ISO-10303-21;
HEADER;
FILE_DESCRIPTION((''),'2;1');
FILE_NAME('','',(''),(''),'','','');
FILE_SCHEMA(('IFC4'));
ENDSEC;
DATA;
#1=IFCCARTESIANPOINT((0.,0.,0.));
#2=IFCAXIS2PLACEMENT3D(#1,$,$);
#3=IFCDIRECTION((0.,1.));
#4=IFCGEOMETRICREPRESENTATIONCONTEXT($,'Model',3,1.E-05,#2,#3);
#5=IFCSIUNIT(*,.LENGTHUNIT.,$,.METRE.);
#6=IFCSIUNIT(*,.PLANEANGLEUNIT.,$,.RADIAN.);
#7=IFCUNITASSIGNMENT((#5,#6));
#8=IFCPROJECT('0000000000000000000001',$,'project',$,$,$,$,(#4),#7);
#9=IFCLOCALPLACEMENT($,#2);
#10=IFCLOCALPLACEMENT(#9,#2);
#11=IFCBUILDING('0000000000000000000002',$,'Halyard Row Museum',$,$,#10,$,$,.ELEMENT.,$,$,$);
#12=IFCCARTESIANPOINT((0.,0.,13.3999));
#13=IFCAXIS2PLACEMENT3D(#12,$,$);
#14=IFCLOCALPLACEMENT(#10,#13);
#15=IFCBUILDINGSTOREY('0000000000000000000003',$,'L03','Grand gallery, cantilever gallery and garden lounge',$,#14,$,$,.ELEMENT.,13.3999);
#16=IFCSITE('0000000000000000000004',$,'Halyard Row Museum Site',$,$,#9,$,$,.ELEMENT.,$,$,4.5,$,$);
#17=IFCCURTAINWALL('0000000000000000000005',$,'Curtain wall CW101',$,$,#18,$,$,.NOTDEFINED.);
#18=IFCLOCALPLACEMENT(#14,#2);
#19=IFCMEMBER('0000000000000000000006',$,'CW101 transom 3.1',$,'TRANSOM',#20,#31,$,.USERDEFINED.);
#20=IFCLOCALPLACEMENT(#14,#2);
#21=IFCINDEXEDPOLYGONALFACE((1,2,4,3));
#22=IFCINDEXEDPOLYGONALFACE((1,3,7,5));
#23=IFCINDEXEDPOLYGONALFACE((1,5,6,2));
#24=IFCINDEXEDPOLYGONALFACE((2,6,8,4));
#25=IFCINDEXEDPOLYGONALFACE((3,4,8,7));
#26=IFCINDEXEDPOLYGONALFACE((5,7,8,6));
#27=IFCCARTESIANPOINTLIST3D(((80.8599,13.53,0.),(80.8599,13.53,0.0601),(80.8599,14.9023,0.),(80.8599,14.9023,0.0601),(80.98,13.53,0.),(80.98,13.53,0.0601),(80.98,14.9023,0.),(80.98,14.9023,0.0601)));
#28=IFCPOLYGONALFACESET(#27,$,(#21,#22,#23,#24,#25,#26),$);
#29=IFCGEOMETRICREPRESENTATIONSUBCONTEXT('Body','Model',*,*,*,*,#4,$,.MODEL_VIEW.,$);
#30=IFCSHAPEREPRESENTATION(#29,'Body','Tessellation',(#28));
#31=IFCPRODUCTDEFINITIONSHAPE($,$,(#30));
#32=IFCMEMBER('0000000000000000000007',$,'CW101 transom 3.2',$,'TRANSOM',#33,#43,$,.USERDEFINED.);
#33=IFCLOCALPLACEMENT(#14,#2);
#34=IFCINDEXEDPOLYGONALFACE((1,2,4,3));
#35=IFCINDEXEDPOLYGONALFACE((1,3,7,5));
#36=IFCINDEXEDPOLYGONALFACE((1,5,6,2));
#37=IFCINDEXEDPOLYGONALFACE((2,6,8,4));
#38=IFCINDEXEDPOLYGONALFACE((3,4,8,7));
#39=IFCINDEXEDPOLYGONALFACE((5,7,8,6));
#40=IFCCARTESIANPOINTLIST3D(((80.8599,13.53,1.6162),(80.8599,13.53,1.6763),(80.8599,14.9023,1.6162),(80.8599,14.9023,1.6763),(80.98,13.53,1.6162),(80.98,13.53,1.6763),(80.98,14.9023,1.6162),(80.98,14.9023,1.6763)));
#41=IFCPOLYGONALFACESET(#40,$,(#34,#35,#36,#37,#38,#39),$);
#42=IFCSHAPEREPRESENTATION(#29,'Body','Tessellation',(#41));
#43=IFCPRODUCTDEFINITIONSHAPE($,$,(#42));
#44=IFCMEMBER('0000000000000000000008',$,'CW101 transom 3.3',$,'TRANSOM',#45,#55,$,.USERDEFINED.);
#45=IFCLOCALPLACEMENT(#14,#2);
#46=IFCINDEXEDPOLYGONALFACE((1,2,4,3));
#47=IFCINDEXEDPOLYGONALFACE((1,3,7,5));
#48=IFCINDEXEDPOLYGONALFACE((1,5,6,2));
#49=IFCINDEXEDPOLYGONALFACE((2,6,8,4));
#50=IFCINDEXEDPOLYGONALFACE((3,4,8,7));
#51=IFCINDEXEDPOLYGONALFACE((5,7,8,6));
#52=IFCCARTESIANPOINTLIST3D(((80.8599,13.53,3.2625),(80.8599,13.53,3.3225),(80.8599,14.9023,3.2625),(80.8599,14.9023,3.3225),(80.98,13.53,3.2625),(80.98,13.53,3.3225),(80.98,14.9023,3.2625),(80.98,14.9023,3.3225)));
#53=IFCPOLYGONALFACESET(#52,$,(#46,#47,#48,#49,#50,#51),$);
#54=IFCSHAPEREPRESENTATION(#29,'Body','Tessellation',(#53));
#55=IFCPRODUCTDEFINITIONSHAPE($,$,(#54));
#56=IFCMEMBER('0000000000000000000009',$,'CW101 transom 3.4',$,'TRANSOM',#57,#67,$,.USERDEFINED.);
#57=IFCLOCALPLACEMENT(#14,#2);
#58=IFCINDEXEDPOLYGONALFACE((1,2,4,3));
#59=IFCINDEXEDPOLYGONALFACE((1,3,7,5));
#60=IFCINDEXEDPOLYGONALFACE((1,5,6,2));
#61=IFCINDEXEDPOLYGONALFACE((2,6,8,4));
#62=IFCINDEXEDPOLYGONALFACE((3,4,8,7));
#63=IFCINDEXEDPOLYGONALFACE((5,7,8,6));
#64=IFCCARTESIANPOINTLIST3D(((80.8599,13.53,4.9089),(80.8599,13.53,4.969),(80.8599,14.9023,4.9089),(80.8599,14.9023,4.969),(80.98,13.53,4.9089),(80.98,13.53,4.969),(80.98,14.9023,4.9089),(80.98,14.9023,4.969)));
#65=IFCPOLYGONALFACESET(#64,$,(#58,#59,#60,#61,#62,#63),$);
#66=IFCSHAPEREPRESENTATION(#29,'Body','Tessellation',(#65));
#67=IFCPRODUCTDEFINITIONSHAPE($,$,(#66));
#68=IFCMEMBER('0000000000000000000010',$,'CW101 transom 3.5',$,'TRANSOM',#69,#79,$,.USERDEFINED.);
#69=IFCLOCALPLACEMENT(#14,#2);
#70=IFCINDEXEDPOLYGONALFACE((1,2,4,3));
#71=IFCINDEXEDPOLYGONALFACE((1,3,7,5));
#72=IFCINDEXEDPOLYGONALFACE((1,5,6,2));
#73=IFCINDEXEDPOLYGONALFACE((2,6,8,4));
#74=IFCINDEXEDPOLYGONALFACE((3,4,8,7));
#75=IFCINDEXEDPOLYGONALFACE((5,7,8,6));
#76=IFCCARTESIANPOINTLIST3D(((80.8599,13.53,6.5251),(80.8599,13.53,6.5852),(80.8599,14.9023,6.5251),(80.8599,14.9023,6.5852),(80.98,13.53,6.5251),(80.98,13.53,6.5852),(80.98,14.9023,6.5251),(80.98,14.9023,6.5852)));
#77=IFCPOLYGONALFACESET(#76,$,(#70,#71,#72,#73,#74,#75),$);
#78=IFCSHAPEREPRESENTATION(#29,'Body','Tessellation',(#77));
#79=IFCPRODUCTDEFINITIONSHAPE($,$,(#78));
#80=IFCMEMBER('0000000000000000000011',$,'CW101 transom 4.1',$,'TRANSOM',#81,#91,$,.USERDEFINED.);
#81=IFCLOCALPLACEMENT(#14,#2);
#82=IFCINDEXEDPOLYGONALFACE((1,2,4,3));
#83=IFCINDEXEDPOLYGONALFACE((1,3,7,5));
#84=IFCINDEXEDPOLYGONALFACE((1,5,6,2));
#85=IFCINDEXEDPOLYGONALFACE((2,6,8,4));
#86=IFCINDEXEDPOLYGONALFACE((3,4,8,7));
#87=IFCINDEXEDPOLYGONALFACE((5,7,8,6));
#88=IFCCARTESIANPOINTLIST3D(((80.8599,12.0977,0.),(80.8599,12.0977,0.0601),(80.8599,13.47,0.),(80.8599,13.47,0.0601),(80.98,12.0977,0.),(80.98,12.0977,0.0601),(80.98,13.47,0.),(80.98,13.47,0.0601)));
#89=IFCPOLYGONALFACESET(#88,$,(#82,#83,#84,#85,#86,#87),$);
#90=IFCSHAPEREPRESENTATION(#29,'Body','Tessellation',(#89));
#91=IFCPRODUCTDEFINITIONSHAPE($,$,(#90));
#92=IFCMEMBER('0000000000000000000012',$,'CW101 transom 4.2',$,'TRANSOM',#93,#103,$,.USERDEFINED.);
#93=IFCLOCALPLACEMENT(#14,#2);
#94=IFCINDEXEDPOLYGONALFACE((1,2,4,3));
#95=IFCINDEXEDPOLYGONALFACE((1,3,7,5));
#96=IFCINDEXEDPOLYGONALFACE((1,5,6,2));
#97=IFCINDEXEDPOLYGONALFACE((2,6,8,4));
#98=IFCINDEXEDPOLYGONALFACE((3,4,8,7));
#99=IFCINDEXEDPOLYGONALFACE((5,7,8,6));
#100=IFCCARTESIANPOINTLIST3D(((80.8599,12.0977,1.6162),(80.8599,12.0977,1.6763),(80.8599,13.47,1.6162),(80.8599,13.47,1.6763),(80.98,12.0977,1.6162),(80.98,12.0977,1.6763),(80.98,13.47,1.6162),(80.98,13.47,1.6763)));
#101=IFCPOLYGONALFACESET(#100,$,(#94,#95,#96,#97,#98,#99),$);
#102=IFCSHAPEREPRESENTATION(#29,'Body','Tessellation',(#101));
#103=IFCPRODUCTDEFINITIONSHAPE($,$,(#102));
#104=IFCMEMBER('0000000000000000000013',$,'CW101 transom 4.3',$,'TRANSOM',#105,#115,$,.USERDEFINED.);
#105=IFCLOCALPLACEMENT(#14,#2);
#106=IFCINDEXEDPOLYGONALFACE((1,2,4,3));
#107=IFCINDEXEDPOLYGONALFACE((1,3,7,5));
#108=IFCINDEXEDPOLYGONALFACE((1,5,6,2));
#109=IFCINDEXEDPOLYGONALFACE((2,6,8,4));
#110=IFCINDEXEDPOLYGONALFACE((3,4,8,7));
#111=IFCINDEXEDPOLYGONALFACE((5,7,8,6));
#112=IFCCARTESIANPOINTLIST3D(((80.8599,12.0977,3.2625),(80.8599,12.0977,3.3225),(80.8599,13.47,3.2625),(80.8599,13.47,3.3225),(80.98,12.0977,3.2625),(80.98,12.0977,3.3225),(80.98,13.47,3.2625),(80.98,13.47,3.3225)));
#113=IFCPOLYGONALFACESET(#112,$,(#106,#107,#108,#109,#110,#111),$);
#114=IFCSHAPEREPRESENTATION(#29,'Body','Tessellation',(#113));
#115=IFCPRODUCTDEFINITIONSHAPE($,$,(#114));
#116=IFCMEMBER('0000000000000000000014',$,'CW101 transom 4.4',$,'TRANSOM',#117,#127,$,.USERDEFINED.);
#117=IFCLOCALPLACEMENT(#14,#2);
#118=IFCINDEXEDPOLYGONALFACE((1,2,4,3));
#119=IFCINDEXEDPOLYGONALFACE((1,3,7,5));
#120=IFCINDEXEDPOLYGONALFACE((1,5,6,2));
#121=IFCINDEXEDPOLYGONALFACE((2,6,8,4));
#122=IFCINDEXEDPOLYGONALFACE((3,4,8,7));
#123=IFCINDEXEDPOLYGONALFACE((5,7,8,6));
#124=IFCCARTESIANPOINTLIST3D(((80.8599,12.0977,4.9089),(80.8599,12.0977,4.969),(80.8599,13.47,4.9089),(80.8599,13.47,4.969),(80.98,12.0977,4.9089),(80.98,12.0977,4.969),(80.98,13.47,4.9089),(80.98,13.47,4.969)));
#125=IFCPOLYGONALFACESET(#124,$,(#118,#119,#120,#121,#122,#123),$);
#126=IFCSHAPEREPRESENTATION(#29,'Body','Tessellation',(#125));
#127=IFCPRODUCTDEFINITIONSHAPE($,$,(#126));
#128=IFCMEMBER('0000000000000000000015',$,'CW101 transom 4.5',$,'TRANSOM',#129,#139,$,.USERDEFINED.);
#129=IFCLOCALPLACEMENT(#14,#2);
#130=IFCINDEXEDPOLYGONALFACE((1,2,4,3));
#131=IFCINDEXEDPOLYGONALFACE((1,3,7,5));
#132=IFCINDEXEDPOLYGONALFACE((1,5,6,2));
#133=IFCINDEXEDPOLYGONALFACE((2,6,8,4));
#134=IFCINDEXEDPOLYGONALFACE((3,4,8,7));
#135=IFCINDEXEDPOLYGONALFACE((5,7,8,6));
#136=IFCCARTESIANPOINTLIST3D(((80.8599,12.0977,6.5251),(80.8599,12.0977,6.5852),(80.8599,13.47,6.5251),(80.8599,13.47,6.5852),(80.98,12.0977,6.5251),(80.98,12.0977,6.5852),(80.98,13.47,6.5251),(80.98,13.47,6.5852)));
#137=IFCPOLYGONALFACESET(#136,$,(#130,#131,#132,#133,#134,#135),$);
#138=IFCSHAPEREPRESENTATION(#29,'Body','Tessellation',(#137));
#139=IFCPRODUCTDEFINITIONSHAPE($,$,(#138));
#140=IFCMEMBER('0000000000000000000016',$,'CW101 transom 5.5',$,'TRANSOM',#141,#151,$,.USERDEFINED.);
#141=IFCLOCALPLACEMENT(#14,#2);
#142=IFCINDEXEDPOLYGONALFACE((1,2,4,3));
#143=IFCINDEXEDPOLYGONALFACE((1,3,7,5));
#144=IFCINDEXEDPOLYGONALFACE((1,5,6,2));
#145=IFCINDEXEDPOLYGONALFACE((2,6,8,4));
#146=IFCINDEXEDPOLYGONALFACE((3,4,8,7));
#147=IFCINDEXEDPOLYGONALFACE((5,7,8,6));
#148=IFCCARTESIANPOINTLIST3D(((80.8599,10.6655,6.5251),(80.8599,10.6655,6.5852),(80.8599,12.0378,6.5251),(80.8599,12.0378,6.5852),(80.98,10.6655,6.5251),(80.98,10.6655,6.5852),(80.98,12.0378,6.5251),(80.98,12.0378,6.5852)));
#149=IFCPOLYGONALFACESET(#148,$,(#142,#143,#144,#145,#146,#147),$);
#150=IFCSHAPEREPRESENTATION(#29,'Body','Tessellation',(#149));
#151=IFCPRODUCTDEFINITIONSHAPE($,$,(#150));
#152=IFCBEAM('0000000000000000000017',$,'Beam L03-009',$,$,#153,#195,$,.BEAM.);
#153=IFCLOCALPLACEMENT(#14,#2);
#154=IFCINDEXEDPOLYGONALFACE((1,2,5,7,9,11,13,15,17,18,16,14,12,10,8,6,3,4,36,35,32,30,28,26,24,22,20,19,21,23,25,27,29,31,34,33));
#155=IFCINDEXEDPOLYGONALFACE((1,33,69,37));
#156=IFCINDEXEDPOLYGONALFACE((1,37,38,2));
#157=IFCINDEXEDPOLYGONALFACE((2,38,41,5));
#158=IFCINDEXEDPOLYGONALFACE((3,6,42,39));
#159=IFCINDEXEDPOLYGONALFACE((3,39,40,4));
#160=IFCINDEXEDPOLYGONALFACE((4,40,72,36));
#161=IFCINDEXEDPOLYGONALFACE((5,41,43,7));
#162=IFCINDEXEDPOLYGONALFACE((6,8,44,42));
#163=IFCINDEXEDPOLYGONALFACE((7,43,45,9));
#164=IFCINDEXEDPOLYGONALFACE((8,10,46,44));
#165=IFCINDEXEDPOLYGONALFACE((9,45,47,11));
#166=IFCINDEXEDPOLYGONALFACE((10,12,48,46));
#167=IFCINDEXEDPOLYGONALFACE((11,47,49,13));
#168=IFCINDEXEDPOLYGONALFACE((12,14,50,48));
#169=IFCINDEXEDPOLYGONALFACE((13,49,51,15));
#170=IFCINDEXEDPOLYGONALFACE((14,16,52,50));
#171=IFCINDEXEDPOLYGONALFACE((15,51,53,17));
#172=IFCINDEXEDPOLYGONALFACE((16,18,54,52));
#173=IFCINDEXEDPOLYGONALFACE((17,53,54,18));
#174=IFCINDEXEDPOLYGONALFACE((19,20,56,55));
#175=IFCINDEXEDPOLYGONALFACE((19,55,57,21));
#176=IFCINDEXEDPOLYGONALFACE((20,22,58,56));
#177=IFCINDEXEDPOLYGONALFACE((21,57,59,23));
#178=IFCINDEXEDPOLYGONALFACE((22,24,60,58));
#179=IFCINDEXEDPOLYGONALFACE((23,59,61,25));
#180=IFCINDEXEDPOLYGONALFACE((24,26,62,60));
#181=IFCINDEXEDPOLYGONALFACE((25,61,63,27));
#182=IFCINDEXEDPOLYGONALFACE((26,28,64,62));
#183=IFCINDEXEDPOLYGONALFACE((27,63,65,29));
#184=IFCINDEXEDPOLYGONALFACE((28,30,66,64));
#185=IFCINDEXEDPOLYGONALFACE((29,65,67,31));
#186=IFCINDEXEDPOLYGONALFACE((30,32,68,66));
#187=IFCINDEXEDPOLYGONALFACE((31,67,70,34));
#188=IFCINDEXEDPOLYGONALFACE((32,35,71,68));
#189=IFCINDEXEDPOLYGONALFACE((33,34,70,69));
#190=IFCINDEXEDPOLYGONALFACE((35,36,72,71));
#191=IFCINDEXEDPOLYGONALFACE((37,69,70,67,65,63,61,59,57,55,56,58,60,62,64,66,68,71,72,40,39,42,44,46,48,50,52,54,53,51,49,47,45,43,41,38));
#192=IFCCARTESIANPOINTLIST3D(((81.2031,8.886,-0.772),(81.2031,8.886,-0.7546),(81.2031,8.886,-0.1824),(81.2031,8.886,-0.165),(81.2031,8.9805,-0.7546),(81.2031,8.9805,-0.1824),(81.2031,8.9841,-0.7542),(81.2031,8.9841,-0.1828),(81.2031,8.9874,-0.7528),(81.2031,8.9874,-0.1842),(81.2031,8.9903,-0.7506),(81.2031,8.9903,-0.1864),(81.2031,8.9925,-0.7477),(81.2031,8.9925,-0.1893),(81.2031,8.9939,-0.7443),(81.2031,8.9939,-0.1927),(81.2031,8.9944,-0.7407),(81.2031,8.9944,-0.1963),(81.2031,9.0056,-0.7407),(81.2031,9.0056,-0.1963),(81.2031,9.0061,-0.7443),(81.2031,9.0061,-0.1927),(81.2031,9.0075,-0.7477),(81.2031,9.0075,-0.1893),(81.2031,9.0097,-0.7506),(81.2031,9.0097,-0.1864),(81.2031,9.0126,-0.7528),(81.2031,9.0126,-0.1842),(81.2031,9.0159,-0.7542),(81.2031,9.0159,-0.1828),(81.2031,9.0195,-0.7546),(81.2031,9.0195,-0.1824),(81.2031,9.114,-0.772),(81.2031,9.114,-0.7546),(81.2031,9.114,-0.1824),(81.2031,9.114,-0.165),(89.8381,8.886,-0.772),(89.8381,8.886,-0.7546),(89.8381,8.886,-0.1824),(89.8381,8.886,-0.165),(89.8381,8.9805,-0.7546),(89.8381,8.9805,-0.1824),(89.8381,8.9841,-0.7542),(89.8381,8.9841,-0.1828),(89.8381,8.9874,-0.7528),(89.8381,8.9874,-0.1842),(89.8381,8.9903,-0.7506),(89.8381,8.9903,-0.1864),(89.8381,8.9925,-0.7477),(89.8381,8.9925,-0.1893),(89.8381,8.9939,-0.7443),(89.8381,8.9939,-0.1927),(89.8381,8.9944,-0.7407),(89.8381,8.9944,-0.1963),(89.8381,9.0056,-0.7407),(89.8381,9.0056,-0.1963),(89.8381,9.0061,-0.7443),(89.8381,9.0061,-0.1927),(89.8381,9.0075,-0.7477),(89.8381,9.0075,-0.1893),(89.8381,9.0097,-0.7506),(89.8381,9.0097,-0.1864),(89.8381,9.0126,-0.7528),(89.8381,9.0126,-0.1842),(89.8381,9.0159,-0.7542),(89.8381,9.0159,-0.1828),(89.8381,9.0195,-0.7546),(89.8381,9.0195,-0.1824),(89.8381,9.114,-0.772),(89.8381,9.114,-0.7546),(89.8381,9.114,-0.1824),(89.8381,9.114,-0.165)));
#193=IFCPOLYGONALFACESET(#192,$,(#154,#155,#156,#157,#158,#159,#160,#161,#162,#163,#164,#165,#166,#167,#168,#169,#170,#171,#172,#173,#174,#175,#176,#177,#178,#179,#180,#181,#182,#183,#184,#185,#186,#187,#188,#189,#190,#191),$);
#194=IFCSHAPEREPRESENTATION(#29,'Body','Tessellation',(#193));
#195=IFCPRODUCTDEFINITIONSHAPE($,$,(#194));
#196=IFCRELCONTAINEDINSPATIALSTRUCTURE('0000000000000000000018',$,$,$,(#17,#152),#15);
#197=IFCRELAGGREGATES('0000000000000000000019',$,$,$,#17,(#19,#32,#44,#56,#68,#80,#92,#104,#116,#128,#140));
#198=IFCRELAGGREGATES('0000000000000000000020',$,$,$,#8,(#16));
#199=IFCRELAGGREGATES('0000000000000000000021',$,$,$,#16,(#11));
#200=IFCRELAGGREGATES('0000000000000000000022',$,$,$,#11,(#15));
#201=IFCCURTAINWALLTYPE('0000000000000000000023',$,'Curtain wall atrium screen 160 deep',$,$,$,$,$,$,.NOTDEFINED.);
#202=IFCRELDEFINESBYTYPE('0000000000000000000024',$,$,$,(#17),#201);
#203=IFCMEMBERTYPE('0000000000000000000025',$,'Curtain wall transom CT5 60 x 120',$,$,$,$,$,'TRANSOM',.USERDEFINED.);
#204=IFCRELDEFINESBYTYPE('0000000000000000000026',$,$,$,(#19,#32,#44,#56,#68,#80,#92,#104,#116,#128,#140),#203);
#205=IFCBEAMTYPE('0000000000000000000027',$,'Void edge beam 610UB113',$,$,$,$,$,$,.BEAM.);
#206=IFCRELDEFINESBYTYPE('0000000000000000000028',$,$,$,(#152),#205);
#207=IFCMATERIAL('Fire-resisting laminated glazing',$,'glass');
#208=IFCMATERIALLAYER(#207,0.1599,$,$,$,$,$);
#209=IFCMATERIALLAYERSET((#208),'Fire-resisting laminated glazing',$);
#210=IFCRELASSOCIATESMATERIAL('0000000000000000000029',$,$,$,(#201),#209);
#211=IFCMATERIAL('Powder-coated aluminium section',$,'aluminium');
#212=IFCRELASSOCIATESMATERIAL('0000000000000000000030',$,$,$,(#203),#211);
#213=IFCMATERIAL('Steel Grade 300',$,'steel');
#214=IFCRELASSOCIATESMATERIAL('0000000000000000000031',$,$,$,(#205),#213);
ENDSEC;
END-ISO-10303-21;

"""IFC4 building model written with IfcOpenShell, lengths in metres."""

from ifc_helpers import new_model, si_unit, direction, frame, origin, origin_2d, place, context, subcontext, project, spatial, rectangle, i_section, extrude, material, layer, layer_set, material_profile, profile_set, type_object, element, aggregate, save


model = new_model("IFC4")

# Units and contexts
model_context = context("Model", 3, precision=1e-05, world=origin(), true_north=direction((0.0, 1.0)))
body_context = subcontext(model_context, "Body", "Model", "MODEL_VIEW")
ifc_project = project(units=[si_unit("LENGTHUNIT", "METRE"), si_unit("PLANEANGLEUNIT", "RADIAN")], contexts=[model_context])

# Site, building, storey
site_placement = place(None, origin())
site = spatial("IfcSite", under=ifc_project, at=site_placement, Name="Halyard Row Museum Site", CompositionType="ELEMENT", RefElevation=4.5)
building_placement = place(site_placement, origin())
building = spatial("IfcBuilding", under=site, at=building_placement, Name="Halyard Row Museum", CompositionType="ELEMENT")
storey_placement = place(building_placement, frame((0.0, 0.0, 13.3999)))
storey = spatial("IfcBuildingStorey", under=building, at=storey_placement, Name="L03", Description="Grand gallery, cantilever gallery and garden lounge", CompositionType="ELEMENT", Elevation=13.3999)

# Curtain wall
ifc_material_1 = material(Name="Fire-resisting laminated glazing", Category="glass")
ifc_layer_1 = layer(ifc_material_1, 0.1599)
ifc_layer_set_1 = layer_set([ifc_layer_1], Name="Fire-resisting laminated glazing")
curtain_wall_type = type_object("IfcCurtainWallType", Name="Curtain wall atrium screen 160 deep", PredefinedType="NOTDEFINED", material=ifc_layer_set_1)
curtain_wall_1_placement = place(storey_placement, origin())
curtain_wall_1 = element("IfcCurtainWall", 1, at=curtain_wall_1_placement, inside=storey, type_object=curtain_wall_type, Name="Curtain wall CW101", PredefinedType="NOTDEFINED")

# Members
ifc_material_2 = material(Name="Powder-coated aluminium section", Category="aluminium")
ifc_material_profile_1 = material_profile(ifc_material_2, rectangle(XDim=0.1201, YDim=0.0601, at=origin_2d()), Name="120x60 transom")
ifc_profile_set_1 = profile_set([ifc_material_profile_1], Name="Powder-coated aluminium section")
member_type_1 = type_object("IfcMemberType", Name="Curtain wall transom CT5 60 x 120", ElementType="TRANSOM", PredefinedType="USERDEFINED", material=ifc_profile_set_1)
member_1_placement = place(storey_placement, frame((80.9199, 14.9023, 0.03), z_axis=(0.0, -1.0, 0.0), x_axis=(1.0, 0.0, 0.0)))
member_1 = element("IfcMember", 2, at=member_1_placement, type_object=member_type_1, Name="CW101 transom 3.1", ObjectType="TRANSOM", PredefinedType="USERDEFINED", context=body_context, shape_type="SweptSolid", body=[
    extrude(rectangle(XDim=0.1201, YDim=0.0601, at=origin_2d()), origin(), (0.0, 0.0, 1.0), 1.3723),
])
member_2_placement = place(storey_placement, frame((80.9199, 14.9023, 1.6462), z_axis=(0.0, -1.0, 0.0), x_axis=(1.0, 0.0, 0.0)))
member_2 = element("IfcMember", 3, at=member_2_placement, type_object=member_type_1, Name="CW101 transom 3.2", ObjectType="TRANSOM", PredefinedType="USERDEFINED", context=body_context, shape_type="SweptSolid", body=[
    extrude(rectangle(XDim=0.1201, YDim=0.0601, at=origin_2d()), origin(), (0.0, 0.0, 1.0), 1.3723),
])
member_3_placement = place(storey_placement, frame((80.9199, 14.9023, 3.2925), z_axis=(0.0, -1.0, 0.0), x_axis=(1.0, 0.0, 0.0)))
member_3 = element("IfcMember", 4, at=member_3_placement, type_object=member_type_1, Name="CW101 transom 3.3", ObjectType="TRANSOM", PredefinedType="USERDEFINED", context=body_context, shape_type="SweptSolid", body=[
    extrude(rectangle(XDim=0.1201, YDim=0.0601, at=origin_2d()), origin(), (0.0, 0.0, 1.0), 1.3723),
])
member_4_placement = place(storey_placement, frame((80.9199, 14.9023, 4.939), z_axis=(0.0, -1.0, 0.0), x_axis=(1.0, 0.0, 0.0)))
member_4 = element("IfcMember", 5, at=member_4_placement, type_object=member_type_1, Name="CW101 transom 3.4", ObjectType="TRANSOM", PredefinedType="USERDEFINED", context=body_context, shape_type="SweptSolid", body=[
    extrude(rectangle(XDim=0.1201, YDim=0.0601, at=origin_2d()), origin(), (0.0, 0.0, 1.0), 1.3723),
])
member_5_placement = place(storey_placement, frame((80.9199, 14.9023, 6.5552), z_axis=(0.0, -1.0, 0.0), x_axis=(1.0, 0.0, 0.0)))
member_5 = element("IfcMember", 6, at=member_5_placement, type_object=member_type_1, Name="CW101 transom 3.5", ObjectType="TRANSOM", PredefinedType="USERDEFINED", context=body_context, shape_type="SweptSolid", body=[
    extrude(rectangle(XDim=0.1201, YDim=0.0601, at=origin_2d()), origin(), (0.0, 0.0, 1.0), 1.3723),
])
member_6_placement = place(storey_placement, frame((80.9199, 13.47, 0.03), z_axis=(0.0, -1.0, 0.0), x_axis=(1.0, 0.0, 0.0)))
member_6 = element("IfcMember", 7, at=member_6_placement, type_object=member_type_1, Name="CW101 transom 4.1", ObjectType="TRANSOM", PredefinedType="USERDEFINED", context=body_context, shape_type="SweptSolid", body=[
    extrude(rectangle(XDim=0.1201, YDim=0.0601, at=origin_2d()), origin(), (0.0, 0.0, 1.0), 1.3723),
])
member_7_placement = place(storey_placement, frame((80.9199, 13.47, 1.6462), z_axis=(0.0, -1.0, 0.0), x_axis=(1.0, 0.0, 0.0)))
member_7 = element("IfcMember", 8, at=member_7_placement, type_object=member_type_1, Name="CW101 transom 4.2", ObjectType="TRANSOM", PredefinedType="USERDEFINED", context=body_context, shape_type="SweptSolid", body=[
    extrude(rectangle(XDim=0.1201, YDim=0.0601, at=origin_2d()), origin(), (0.0, 0.0, 1.0), 1.3723),
])
member_8_placement = place(storey_placement, frame((80.9199, 13.47, 3.2925), z_axis=(0.0, -1.0, 0.0), x_axis=(1.0, 0.0, 0.0)))
member_8 = element("IfcMember", 9, at=member_8_placement, type_object=member_type_1, Name="CW101 transom 4.3", ObjectType="TRANSOM", PredefinedType="USERDEFINED", context=body_context, shape_type="SweptSolid", body=[
    extrude(rectangle(XDim=0.1201, YDim=0.0601, at=origin_2d()), origin(), (0.0, 0.0, 1.0), 1.3723),
])
member_9_placement = place(storey_placement, frame((80.9199, 13.47, 4.939), z_axis=(0.0, -1.0, 0.0), x_axis=(1.0, 0.0, 0.0)))
member_9 = element("IfcMember", 10, at=member_9_placement, type_object=member_type_1, Name="CW101 transom 4.4", ObjectType="TRANSOM", PredefinedType="USERDEFINED", context=body_context, shape_type="SweptSolid", body=[
    extrude(rectangle(XDim=0.1201, YDim=0.0601, at=origin_2d()), origin(), (0.0, 0.0, 1.0), 1.3723),
])
member_10_placement = place(storey_placement, frame((80.9199, 13.47, 6.5552), z_axis=(0.0, -1.0, 0.0), x_axis=(1.0, 0.0, 0.0)))
member_10 = element("IfcMember", 11, at=member_10_placement, type_object=member_type_1, Name="CW101 transom 4.5", ObjectType="TRANSOM", PredefinedType="USERDEFINED", context=body_context, shape_type="SweptSolid", body=[
    extrude(rectangle(XDim=0.1201, YDim=0.0601, at=origin_2d()), origin(), (0.0, 0.0, 1.0), 1.3723),
])
member_11_placement = place(storey_placement, frame((80.9199, 12.0378, 6.5552), z_axis=(0.0, -1.0, 0.0), x_axis=(1.0, 0.0, 0.0)))
member_11 = element("IfcMember", 12, at=member_11_placement, type_object=member_type_1, Name="CW101 transom 5.5", ObjectType="TRANSOM", PredefinedType="USERDEFINED", context=body_context, shape_type="SweptSolid", body=[
    extrude(rectangle(XDim=0.1201, YDim=0.0601, at=origin_2d()), origin(), (0.0, 0.0, 1.0), 1.3723),
])

# Beam
ifc_material_3 = material(Name="Steel Grade 300", Category="steel")
ifc_material_profile_2 = material_profile(ifc_material_3, i_section(OverallWidth=0.228, OverallDepth=0.6069, WebThickness=0.0112, FlangeThickness=0.0173, FilletRadius=0.0139, at=origin_2d()), Name="610UB113")
ifc_profile_set_2 = profile_set([ifc_material_profile_2], Name="Steel Grade 300")
beam_type = type_object("IfcBeamType", Name="Void edge beam 610UB113", PredefinedType="BEAM", material=ifc_profile_set_2)
beam_1_placement = place(storey_placement, frame((81.2031, 9.0, -0.4685), z_axis=(1.0, 0.0, 0.0), x_axis=(0.0, 1.0, 0.0)))
element("IfcBeam", 13, at=beam_1_placement, inside=storey, type_object=beam_type, Name="Beam L03-009", PredefinedType="BEAM", context=body_context, shape_type="SweptSolid", body=[
    extrude(i_section(OverallWidth=0.228, OverallDepth=0.6069, WebThickness=0.0112, FlangeThickness=0.0173, FilletRadius=0.0139, at=origin_2d()), origin(), (0.0, 0.0, 1.0), 8.635),
])

aggregate(curtain_wall_1, [member_1, member_2, member_3, member_4, member_5, member_6, member_7, member_8, member_9, member_10, member_11])

save(model, "model.ifc")
